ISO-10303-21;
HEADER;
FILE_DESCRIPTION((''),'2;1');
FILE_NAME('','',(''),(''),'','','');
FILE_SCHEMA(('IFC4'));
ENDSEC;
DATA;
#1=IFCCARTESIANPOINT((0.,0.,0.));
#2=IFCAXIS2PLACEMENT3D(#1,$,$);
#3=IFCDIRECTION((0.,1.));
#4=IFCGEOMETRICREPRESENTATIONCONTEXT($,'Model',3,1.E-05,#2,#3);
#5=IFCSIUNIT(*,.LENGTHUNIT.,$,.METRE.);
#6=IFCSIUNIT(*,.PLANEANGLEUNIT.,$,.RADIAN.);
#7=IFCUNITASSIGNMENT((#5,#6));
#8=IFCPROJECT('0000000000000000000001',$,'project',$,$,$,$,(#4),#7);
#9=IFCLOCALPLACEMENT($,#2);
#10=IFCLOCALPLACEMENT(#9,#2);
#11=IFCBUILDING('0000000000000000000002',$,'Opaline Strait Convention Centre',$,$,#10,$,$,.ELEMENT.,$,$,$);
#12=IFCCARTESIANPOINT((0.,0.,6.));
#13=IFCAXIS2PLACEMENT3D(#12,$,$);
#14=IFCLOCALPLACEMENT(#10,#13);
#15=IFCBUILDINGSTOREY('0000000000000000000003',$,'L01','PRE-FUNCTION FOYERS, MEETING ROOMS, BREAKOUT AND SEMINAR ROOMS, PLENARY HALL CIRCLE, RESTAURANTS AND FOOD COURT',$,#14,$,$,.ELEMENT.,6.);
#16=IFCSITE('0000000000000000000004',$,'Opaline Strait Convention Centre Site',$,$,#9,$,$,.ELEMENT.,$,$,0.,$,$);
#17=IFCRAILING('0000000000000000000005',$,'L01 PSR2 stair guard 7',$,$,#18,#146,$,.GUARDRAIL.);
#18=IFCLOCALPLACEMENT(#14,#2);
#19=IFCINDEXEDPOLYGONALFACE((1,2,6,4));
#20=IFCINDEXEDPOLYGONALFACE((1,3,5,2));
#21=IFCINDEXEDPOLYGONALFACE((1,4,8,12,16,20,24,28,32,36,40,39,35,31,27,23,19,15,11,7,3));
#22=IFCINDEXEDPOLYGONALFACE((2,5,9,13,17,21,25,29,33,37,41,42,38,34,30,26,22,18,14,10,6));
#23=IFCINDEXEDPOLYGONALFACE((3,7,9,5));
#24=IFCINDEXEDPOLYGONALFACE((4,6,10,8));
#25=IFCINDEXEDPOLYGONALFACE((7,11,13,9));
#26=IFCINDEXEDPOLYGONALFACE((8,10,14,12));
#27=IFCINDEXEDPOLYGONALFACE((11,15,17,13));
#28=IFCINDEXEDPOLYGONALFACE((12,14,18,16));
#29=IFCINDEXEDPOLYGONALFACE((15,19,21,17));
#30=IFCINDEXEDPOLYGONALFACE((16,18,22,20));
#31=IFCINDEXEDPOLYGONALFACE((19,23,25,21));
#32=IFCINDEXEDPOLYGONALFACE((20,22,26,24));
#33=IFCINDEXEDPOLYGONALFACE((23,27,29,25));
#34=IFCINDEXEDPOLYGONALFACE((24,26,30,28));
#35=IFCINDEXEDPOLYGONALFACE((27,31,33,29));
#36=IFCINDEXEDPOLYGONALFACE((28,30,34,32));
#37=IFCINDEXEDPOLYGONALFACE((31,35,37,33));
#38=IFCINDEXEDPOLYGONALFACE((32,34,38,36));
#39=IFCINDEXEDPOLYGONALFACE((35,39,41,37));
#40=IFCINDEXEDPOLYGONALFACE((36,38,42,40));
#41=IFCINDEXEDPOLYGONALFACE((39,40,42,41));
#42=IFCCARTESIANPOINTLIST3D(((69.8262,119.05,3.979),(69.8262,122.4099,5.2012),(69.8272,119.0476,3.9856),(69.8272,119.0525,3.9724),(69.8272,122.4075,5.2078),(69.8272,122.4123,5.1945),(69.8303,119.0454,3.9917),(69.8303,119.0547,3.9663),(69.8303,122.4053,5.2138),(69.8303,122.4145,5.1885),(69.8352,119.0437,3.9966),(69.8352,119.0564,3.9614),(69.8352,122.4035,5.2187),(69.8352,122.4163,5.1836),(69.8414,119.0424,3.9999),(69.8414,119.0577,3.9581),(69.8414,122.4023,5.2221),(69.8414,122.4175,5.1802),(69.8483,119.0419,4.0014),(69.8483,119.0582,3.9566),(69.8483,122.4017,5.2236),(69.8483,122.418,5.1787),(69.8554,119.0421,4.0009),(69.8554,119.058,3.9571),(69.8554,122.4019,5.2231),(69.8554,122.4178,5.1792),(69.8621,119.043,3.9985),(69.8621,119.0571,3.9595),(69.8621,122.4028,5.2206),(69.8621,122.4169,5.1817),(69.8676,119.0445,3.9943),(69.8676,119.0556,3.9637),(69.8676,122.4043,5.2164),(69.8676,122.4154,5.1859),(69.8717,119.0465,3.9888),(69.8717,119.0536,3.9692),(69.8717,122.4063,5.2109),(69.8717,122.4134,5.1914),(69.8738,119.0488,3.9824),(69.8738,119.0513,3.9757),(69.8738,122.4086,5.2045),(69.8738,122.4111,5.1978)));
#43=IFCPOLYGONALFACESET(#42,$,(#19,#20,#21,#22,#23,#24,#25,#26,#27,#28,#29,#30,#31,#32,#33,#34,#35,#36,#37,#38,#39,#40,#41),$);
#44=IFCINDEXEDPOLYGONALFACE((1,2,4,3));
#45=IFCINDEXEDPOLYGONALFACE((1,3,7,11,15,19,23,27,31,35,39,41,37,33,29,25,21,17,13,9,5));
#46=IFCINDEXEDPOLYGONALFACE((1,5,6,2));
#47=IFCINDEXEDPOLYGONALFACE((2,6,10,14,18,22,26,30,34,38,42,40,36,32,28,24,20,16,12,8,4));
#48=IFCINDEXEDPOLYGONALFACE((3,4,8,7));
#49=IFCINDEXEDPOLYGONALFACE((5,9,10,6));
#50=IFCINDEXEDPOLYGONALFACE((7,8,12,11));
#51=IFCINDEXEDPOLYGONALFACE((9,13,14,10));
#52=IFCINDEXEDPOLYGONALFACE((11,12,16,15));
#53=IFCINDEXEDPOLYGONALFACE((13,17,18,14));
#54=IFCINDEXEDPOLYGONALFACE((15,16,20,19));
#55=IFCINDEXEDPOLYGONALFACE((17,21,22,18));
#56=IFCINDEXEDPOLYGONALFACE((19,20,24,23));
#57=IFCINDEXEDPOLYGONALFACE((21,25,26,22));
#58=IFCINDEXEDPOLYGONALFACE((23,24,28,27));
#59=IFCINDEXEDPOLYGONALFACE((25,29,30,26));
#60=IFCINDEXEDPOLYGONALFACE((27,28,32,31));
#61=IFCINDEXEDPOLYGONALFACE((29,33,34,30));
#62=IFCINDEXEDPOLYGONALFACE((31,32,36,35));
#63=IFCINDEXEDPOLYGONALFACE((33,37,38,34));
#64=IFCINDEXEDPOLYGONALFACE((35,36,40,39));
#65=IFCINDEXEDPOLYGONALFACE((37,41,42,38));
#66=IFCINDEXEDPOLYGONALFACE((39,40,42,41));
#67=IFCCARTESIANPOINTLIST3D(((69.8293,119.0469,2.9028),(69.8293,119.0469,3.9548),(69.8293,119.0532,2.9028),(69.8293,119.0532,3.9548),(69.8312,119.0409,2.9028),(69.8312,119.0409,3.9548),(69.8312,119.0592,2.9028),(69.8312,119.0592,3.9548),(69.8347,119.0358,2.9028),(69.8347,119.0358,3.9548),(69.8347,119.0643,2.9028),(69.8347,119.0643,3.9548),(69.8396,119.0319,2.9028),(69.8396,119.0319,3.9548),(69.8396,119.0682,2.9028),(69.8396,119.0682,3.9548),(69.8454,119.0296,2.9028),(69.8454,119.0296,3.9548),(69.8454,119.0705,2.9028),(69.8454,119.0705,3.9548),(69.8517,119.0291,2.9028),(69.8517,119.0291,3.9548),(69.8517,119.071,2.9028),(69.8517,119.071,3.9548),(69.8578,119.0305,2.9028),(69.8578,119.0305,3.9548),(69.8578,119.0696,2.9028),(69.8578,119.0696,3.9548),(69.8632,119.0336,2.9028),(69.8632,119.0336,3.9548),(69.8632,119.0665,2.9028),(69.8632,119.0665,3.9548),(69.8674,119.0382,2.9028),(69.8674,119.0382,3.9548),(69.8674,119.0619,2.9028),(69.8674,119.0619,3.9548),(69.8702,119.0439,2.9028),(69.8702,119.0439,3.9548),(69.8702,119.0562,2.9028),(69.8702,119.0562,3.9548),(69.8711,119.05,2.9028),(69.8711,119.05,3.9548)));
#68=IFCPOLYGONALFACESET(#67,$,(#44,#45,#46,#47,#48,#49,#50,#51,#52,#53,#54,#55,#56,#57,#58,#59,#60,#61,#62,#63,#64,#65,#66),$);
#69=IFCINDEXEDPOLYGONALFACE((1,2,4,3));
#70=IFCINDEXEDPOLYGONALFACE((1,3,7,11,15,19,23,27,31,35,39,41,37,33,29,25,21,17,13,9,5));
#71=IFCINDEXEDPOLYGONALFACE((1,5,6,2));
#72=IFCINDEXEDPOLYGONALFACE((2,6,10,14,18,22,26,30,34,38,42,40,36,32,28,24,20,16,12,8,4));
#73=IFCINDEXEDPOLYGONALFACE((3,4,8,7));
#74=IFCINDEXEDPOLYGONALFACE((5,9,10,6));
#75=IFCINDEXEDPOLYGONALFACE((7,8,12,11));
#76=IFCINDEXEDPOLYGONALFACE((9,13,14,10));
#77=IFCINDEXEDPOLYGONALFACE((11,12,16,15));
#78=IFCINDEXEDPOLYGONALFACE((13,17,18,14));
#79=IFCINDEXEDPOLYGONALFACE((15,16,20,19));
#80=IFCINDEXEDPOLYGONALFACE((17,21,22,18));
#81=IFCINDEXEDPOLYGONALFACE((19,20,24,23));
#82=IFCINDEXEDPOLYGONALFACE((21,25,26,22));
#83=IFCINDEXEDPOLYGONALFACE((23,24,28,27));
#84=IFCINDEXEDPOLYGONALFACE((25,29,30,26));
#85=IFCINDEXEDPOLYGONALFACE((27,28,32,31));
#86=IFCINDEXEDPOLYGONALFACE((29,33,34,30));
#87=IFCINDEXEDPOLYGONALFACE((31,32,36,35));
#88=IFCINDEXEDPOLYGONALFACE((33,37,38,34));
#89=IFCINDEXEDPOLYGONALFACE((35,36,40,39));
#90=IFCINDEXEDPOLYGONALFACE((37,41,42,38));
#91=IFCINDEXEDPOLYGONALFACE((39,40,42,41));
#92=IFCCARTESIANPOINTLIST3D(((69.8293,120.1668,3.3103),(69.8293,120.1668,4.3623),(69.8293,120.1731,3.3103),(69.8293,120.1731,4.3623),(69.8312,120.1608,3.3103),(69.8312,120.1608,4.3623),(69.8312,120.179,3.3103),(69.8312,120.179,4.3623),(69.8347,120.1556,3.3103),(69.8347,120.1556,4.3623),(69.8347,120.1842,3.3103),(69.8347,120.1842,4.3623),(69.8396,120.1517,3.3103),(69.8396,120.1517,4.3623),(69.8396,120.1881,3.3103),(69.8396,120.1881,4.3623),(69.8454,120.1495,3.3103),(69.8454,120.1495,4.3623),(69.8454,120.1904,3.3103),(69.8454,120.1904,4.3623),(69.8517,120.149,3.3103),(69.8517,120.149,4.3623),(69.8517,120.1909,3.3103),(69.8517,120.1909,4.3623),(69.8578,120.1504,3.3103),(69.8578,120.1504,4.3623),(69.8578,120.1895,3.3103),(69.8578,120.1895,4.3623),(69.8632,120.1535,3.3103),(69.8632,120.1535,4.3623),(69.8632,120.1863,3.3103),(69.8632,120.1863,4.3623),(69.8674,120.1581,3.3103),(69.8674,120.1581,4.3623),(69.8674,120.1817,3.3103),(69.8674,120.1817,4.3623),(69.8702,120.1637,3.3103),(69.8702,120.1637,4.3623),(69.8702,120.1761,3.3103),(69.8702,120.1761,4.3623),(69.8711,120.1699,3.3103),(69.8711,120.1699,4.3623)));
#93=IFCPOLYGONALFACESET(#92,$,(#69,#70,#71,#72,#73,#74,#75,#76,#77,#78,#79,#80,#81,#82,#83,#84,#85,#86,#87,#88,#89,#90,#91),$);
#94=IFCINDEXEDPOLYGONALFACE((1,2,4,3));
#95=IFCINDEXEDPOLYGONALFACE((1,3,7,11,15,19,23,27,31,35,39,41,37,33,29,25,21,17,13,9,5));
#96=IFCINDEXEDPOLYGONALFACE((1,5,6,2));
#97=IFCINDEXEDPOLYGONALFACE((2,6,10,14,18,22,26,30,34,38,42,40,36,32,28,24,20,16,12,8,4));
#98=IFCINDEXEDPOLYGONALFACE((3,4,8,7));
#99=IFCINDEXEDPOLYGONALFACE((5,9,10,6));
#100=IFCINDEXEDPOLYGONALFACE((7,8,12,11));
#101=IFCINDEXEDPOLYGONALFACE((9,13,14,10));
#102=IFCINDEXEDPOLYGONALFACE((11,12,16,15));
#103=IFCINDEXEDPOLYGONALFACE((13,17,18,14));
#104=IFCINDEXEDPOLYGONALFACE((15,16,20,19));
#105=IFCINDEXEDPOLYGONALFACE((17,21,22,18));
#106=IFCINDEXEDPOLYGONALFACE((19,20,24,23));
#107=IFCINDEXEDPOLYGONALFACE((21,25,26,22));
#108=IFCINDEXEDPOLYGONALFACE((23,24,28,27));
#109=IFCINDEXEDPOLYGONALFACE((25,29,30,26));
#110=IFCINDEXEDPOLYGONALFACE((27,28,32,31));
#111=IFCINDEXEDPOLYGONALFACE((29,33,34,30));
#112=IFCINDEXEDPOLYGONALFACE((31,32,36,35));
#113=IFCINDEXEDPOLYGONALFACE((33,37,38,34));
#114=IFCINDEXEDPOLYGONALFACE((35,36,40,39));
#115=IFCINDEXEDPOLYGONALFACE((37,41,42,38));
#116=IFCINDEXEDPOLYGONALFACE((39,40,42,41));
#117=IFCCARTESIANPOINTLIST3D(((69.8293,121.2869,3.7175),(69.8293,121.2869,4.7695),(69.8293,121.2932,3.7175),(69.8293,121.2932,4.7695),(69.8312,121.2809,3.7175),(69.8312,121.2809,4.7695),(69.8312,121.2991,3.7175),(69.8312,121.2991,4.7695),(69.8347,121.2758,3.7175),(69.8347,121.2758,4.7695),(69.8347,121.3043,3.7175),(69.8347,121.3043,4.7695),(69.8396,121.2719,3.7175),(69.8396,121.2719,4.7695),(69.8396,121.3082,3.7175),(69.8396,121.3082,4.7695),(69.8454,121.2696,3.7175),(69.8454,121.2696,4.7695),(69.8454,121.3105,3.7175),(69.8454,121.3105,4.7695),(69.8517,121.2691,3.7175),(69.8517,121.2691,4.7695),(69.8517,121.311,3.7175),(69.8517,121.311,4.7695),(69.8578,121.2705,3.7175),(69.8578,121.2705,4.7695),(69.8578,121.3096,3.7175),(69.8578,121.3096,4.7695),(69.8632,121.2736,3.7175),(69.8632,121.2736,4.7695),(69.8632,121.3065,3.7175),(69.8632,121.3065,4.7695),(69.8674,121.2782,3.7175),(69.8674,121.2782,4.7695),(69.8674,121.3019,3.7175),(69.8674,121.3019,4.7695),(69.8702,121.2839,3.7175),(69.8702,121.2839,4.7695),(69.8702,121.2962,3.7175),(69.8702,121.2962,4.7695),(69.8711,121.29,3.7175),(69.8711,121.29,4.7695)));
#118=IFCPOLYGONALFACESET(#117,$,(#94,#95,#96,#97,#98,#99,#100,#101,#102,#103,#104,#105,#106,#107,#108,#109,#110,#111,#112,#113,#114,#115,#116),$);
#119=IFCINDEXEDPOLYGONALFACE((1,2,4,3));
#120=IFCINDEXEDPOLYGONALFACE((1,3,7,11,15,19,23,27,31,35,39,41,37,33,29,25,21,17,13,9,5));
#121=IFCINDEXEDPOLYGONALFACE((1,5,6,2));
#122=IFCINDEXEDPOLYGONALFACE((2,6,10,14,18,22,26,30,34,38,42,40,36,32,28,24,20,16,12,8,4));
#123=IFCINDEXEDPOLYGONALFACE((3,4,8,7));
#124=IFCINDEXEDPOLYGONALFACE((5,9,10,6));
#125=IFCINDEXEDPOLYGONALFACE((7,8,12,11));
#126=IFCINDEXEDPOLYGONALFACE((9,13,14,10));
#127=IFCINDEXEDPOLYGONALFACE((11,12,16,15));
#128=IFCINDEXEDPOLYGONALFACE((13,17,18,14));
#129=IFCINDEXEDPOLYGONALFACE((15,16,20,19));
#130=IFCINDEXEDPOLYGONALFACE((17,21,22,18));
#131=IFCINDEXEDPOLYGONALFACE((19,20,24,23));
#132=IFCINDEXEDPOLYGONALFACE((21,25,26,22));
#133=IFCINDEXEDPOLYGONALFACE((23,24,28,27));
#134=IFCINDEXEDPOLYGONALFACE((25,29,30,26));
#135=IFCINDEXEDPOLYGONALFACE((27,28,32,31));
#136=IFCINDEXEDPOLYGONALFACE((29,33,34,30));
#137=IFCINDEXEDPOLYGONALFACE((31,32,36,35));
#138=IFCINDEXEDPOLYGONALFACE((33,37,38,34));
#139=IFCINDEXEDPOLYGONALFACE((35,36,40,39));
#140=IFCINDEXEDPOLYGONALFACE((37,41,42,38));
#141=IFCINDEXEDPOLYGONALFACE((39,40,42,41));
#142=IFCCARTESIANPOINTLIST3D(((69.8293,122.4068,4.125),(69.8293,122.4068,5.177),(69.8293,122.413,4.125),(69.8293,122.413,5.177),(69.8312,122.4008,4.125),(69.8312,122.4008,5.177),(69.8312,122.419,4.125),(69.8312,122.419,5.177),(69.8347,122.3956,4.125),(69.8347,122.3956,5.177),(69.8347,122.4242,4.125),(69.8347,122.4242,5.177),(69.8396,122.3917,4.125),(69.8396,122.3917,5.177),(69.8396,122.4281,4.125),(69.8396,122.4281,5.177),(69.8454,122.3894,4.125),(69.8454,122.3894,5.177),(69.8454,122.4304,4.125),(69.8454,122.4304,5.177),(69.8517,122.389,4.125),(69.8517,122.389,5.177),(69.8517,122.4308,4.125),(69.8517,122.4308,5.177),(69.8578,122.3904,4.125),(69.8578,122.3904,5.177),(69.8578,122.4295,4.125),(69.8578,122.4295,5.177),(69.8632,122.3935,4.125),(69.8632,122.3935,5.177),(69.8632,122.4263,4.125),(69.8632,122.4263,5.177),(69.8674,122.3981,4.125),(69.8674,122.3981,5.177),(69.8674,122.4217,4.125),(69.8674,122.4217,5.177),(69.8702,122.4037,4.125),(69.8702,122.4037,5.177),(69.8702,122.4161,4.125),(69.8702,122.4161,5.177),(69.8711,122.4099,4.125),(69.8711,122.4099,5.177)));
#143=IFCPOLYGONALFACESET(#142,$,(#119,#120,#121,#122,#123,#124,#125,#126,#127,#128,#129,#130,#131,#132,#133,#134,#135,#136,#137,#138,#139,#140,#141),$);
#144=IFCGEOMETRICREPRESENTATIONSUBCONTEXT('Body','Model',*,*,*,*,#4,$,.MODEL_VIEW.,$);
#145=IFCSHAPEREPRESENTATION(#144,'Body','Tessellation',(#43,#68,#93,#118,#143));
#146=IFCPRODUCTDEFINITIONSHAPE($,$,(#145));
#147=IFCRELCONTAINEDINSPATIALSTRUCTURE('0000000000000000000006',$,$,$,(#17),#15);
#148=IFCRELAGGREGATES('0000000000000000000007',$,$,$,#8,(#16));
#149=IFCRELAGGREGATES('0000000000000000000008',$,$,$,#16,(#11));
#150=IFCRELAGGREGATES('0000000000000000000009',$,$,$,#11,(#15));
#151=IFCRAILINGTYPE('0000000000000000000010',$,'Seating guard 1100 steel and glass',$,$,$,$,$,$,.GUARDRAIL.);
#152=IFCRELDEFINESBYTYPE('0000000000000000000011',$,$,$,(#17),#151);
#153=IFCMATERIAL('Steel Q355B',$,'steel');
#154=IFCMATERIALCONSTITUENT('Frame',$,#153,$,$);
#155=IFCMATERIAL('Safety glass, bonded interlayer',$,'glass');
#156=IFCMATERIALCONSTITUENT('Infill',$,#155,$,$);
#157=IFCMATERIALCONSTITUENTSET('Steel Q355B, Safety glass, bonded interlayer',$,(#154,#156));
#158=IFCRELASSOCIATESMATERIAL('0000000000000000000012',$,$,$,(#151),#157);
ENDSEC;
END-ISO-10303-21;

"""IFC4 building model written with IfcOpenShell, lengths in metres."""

from ifc_helpers import new_model, si_unit, direction, frame, origin, origin_2d, place, context, subcontext, project, spatial, circle, extrude, material, constituent, constituent_set, type_object, element, save


model = new_model("IFC4")

# Units and contexts
model_context = context("Model", 3, precision=1e-05, world=origin(), true_north=direction((0.0, 1.0)))
body_context = subcontext(model_context, "Body", "Model", "MODEL_VIEW")
ifc_project = project(units=[si_unit("LENGTHUNIT", "METRE"), si_unit("PLANEANGLEUNIT", "RADIAN")], contexts=[model_context])

# Site, building, storey
site_placement = place(None, origin())
site = spatial("IfcSite", under=ifc_project, at=site_placement, Name="Opaline Strait Convention Centre Site", CompositionType="ELEMENT", RefElevation=0.0)
building_placement = place(site_placement, origin())
building = spatial("IfcBuilding", under=site, at=building_placement, Name="Opaline Strait Convention Centre", CompositionType="ELEMENT")
storey_placement = place(building_placement, frame((0.0, 0.0, 6.0)))
storey = spatial("IfcBuildingStorey", under=building, at=storey_placement, Name="L01", Description="PRE-FUNCTION FOYERS, MEETING ROOMS, BREAKOUT AND SEMINAR ROOMS, PLENARY HALL CIRCLE, RESTAURANTS AND FOOD COURT", CompositionType="ELEMENT", Elevation=6.0)

# Railing
ifc_material_1 = material(Name="Steel Q355B", Category="steel")
ifc_constituent_1 = constituent(ifc_material_1, Name="Frame")
ifc_material_2 = material(Name="Safety glass, bonded interlayer", Category="glass")
ifc_constituent_2 = constituent(ifc_material_2, Name="Infill")
ifc_constituent_set_1 = constituent_set(constituents=[ifc_constituent_1, ifc_constituent_2], Name="Steel Q355B, Safety glass, bonded interlayer")
railing_type_1 = type_object("IfcRailingType", Name="Seating guard 1100 steel and glass", PredefinedType="GUARDRAIL", material=ifc_constituent_set_1)
for number, where, name in (
    (1, (69.8501, 119.05, 2.9028), "L01 PSR2 stair guard 7"),
):
    element("IfcRailing", number, at=place(storey_placement, frame(where)), inside=storey, type_object=railing_type_1, Name=name, PredefinedType="GUARDRAIL", context=body_context, shape_type="SweptSolid", body=[
        extrude(circle(Radius=0.0239, at=origin_2d()), frame((0.0, 0.0, 1.0762), z_axis=(0.0, 0.939758, 0.341842), x_axis=(-1.0, 0.0, 0.0)), (0.0, 0.0, 1.0), 3.5752),
        extrude(circle(Radius=0.021, at=origin_2d()), origin(), (0.0, 0.0, 1.0), 1.052),
        extrude(circle(Radius=0.021, at=origin_2d()), frame((0.0, 1.1199, 0.4075)), (0.0, 0.0, 1.0), 1.052),
        extrude(circle(Radius=0.021, at=origin_2d()), frame((0.0, 2.24, 0.8147)), (0.0, 0.0, 1.0), 1.052),
        extrude(circle(Radius=0.021, at=origin_2d()), frame((0.0, 3.3599, 1.2222)), (0.0, 0.0, 1.0), 1.052),
    ])

save(model, "model.ifc")
